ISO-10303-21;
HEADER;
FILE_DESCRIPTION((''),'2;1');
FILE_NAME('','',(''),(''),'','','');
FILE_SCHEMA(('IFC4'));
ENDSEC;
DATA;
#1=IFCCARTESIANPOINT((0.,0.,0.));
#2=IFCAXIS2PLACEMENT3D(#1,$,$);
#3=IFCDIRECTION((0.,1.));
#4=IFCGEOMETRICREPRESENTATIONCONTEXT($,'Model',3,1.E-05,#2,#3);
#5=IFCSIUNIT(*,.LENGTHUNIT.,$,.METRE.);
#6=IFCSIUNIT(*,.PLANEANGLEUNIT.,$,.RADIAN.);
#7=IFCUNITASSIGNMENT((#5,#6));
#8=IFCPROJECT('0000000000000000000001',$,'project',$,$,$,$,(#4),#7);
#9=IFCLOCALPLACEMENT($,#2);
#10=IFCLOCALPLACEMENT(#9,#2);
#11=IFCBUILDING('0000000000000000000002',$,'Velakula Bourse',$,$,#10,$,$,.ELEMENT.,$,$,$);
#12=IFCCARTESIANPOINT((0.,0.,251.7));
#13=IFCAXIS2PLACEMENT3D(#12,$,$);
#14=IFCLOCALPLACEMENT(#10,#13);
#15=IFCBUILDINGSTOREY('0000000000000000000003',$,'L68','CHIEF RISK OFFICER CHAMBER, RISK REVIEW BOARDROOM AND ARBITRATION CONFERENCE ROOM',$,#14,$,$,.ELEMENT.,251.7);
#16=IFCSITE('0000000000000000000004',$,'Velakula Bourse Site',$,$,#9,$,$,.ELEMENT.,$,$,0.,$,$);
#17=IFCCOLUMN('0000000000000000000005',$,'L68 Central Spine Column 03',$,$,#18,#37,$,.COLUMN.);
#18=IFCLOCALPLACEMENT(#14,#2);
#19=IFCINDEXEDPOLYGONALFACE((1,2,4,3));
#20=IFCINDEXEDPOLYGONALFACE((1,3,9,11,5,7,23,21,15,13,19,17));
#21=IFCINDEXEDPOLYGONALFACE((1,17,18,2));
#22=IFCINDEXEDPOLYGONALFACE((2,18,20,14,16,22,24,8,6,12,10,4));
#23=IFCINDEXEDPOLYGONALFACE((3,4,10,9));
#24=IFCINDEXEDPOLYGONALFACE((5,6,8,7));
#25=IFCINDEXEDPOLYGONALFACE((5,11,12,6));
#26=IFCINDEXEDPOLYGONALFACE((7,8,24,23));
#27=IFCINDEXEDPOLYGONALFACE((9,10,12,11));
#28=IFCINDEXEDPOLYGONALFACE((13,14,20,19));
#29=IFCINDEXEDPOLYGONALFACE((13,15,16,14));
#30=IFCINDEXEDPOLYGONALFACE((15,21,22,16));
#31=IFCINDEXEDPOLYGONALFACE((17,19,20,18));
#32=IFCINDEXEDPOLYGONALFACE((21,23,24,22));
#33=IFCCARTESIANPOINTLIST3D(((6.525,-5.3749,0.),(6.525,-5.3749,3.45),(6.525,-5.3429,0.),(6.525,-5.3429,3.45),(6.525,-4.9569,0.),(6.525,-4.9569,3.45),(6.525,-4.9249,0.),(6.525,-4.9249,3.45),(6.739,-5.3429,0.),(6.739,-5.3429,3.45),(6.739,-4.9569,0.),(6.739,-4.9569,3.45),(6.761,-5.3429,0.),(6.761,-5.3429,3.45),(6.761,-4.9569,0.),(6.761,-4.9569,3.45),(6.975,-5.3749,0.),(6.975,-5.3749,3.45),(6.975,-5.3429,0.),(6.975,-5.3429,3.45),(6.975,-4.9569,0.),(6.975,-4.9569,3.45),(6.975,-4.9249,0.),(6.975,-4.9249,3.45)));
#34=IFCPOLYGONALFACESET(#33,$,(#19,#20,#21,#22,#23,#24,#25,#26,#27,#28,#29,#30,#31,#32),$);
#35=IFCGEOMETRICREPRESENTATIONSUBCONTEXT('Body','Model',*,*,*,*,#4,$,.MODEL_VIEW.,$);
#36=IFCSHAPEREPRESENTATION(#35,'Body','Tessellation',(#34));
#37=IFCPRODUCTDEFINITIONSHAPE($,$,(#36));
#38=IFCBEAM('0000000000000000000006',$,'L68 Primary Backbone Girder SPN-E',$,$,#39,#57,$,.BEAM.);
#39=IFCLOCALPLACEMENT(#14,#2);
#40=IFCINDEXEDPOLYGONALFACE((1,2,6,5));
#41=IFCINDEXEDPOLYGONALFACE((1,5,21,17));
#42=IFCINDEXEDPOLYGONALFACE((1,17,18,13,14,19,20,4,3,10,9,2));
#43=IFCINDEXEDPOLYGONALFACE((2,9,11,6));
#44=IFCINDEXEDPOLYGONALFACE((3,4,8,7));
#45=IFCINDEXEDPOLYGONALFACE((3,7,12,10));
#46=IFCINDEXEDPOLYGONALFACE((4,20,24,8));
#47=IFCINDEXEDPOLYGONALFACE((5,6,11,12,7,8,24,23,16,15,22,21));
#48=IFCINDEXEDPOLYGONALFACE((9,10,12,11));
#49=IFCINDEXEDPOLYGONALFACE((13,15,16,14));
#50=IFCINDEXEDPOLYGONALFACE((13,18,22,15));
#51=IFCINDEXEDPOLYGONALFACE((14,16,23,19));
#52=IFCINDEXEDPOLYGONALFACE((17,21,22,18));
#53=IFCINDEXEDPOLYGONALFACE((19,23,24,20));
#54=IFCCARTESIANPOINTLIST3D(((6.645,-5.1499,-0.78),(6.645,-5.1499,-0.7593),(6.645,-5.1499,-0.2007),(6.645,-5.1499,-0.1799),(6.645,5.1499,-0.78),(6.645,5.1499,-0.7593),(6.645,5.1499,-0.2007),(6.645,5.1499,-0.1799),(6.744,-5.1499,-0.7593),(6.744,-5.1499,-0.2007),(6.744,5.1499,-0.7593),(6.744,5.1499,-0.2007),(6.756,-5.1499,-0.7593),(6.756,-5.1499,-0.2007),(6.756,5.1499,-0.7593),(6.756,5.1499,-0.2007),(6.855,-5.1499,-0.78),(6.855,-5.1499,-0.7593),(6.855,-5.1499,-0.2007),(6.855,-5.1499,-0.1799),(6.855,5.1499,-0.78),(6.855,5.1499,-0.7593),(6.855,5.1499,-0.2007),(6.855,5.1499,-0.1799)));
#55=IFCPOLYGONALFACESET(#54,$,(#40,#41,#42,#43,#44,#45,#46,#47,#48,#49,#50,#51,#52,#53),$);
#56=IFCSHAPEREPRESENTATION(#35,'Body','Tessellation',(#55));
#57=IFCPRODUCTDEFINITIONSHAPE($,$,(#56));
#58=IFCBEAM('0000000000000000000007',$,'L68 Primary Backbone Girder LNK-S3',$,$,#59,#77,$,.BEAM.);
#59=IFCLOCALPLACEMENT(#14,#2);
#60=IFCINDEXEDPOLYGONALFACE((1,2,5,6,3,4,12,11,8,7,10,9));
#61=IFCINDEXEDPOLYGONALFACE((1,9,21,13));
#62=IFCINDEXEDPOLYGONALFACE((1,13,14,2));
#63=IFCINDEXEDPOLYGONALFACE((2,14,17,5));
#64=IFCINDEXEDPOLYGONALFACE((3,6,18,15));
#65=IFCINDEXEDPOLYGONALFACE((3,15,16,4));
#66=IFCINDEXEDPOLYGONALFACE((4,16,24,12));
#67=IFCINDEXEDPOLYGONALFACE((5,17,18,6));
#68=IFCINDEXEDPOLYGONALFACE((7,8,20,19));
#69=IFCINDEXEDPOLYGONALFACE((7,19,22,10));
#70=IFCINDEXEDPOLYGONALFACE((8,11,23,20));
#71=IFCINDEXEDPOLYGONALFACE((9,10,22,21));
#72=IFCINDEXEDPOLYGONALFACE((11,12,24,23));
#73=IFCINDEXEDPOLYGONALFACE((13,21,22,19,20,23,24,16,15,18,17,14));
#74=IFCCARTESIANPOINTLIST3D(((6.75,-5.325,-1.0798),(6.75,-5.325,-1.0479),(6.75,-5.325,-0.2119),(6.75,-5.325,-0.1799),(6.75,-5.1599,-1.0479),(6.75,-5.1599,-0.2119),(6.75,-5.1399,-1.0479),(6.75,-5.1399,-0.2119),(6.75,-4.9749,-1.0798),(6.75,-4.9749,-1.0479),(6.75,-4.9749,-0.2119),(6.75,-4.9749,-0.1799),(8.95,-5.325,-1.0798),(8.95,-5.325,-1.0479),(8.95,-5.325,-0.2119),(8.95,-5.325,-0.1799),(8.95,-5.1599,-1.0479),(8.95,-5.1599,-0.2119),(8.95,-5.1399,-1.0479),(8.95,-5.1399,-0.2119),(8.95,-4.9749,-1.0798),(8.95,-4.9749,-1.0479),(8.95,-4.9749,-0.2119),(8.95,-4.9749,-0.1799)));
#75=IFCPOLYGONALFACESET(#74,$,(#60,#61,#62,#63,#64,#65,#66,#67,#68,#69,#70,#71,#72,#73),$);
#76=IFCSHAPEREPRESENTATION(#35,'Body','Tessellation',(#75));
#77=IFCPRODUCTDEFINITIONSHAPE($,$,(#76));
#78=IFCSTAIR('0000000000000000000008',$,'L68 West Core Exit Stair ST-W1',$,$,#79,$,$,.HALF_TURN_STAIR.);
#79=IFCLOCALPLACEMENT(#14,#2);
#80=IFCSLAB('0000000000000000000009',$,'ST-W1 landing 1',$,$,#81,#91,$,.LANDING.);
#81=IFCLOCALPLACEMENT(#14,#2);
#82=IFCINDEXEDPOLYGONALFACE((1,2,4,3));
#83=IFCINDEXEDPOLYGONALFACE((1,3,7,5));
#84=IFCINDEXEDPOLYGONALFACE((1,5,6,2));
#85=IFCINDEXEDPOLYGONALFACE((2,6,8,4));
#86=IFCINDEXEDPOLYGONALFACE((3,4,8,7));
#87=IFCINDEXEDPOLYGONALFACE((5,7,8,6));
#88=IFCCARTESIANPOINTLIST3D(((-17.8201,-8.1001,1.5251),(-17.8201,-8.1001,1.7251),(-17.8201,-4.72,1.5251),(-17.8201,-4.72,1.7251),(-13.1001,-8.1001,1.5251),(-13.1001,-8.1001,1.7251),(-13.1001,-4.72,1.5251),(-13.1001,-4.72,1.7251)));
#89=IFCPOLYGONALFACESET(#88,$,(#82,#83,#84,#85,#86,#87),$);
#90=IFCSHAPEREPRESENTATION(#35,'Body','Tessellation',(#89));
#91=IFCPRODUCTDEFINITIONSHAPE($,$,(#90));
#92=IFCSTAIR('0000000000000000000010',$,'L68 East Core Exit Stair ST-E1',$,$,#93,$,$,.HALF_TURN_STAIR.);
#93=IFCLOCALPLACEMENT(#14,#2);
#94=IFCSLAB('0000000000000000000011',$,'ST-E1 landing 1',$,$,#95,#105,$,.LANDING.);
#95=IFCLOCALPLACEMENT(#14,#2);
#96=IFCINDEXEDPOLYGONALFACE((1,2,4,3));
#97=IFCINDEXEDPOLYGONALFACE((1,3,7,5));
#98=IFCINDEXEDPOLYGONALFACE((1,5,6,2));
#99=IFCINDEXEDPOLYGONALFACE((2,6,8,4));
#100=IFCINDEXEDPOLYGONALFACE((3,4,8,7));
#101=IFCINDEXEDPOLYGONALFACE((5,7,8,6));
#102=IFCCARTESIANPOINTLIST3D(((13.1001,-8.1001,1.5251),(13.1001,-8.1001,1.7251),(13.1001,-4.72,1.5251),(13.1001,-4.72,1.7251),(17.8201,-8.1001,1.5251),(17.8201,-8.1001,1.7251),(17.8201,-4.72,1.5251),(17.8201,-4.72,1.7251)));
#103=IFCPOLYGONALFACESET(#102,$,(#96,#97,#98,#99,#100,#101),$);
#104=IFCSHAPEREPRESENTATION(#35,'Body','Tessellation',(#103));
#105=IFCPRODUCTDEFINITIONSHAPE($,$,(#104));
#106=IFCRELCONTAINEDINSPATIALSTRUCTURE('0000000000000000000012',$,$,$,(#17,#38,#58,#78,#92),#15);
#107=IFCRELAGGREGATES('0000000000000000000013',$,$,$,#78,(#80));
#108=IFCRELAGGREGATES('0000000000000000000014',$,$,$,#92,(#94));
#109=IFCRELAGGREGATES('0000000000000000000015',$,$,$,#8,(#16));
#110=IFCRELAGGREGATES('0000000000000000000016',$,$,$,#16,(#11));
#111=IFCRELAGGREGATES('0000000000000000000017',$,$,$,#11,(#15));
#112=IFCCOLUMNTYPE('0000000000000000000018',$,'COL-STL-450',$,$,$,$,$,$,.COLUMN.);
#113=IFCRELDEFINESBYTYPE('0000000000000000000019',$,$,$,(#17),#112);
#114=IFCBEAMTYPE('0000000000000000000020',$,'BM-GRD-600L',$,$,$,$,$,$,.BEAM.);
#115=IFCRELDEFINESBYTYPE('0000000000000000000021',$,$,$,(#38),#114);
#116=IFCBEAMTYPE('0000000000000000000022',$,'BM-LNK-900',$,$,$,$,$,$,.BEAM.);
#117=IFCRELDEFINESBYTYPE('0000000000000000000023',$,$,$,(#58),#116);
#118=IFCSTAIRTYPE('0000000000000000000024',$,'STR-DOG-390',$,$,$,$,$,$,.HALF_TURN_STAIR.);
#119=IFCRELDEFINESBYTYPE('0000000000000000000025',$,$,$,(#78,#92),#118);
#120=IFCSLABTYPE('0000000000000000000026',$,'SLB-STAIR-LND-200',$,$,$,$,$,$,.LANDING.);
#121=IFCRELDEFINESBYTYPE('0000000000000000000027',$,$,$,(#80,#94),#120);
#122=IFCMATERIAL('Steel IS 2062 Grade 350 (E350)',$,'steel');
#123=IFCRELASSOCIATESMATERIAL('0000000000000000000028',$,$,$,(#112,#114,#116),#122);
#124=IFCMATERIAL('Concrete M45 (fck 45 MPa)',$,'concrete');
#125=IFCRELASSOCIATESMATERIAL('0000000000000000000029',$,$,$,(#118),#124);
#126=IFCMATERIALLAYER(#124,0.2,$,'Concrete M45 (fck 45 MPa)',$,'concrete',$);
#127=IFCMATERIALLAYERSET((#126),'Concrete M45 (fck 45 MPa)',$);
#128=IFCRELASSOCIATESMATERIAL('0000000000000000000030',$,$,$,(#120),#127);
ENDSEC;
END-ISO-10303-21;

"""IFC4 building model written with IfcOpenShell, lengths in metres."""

from ifc_helpers import new_model, si_unit, direction, frame, origin, origin_2d, place, context, subcontext, project, spatial, polyline, i_section, outline, extrude, material, layer, layer_set, material_profile, profile_set, type_object, element, aggregate, save


model = new_model("IFC4")

# Units and contexts
model_context = context("Model", 3, precision=1e-05, world=origin(), true_north=direction((0.0, 1.0)))
body_context = subcontext(model_context, "Body", "Model", "MODEL_VIEW")
ifc_project = project(units=[si_unit("LENGTHUNIT", "METRE"), si_unit("PLANEANGLEUNIT", "RADIAN")], contexts=[model_context])

# Site, building, storey
site_placement = place(None, origin())
site = spatial("IfcSite", under=ifc_project, at=site_placement, Name="Velakula Bourse Site", CompositionType="ELEMENT", RefElevation=0.0)
building_placement = place(site_placement, origin())
building = spatial("IfcBuilding", under=site, at=building_placement, Name="Velakula Bourse", CompositionType="ELEMENT")
storey_placement = place(building_placement, frame((0.0, 0.0, 251.7)))
storey = spatial("IfcBuildingStorey", under=building, at=storey_placement, Name="L68", Description="CHIEF RISK OFFICER CHAMBER, RISK REVIEW BOARDROOM AND ARBITRATION CONFERENCE ROOM", CompositionType="ELEMENT", Elevation=251.7)

# Column
ifc_material_1 = material(Name="Steel IS 2062 Grade 350 (E350)", Category="steel")
ifc_material_profile_1 = material_profile(ifc_material_1, i_section(OverallWidth=0.45, OverallDepth=0.45, WebThickness=0.022, FlangeThickness=0.032, at=origin_2d()), Name="Steel IS 2062 Grade 350 (E350)")
ifc_profile_set_1 = profile_set([ifc_material_profile_1], Name="Steel IS 2062 Grade 350 (E350)")
column_type = type_object("IfcColumnType", Name="COL-STL-450", PredefinedType="COLUMN", material=ifc_profile_set_1)
column_placement = place(storey_placement, frame((6.75, -5.1499, 0.0), z_axis=(0.0, 0.0, 1.0), x_axis=(1.0, 0.0, 0.0)))
element("IfcColumn", 1, at=column_placement, inside=storey, type_object=column_type, Name="L68 Central Spine Column 03", PredefinedType="COLUMN", context=body_context, shape_type="SweptSolid", body=[
    extrude(i_section(OverallWidth=0.45, OverallDepth=0.45, WebThickness=0.022, FlangeThickness=0.032, at=origin_2d()), origin(), (0.0, 0.0, 1.0), 3.45),
])

# Beams
ifc_material_profile_2 = material_profile(ifc_material_1, i_section(OverallWidth=0.21, OverallDepth=0.6001, WebThickness=0.012, FlangeThickness=0.0208, at=origin_2d()), Name="Steel IS 2062 Grade 350 (E350)")
ifc_profile_set_2 = profile_set([ifc_material_profile_2], Name="Steel IS 2062 Grade 350 (E350)")
beam_type_1 = type_object("IfcBeamType", Name="BM-GRD-600L", PredefinedType="BEAM", material=ifc_profile_set_2)
beam_1_placement = place(storey_placement, frame((6.75, -5.1499, -0.48), z_axis=(0.0, 1.0, 0.0), x_axis=(-1.0, 0.0, 0.0)))
element("IfcBeam", 2, at=beam_1_placement, inside=storey, type_object=beam_type_1, Name="L68 Primary Backbone Girder SPN-E", PredefinedType="BEAM", context=body_context, shape_type="SweptSolid", body=[
    extrude(i_section(OverallWidth=0.21, OverallDepth=0.6001, WebThickness=0.012, FlangeThickness=0.0208, at=origin_2d()), origin(), (0.0, 0.0, 1.0), 10.2998),
])
ifc_material_profile_3 = material_profile(ifc_material_1, i_section(OverallWidth=0.3501, OverallDepth=0.8999, WebThickness=0.02, FlangeThickness=0.032, at=origin_2d()), Name="Steel IS 2062 Grade 350 (E350)")
ifc_profile_set_3 = profile_set([ifc_material_profile_3], Name="Steel IS 2062 Grade 350 (E350)")
beam_type_2 = type_object("IfcBeamType", Name="BM-LNK-900", PredefinedType="BEAM", material=ifc_profile_set_3)
beam_2_placement = place(storey_placement, frame((6.75, -5.1499, -0.6299), z_axis=(1.0, 0.0, 0.0), x_axis=(0.0, 1.0, 0.0)))
element("IfcBeam", 3, at=beam_2_placement, inside=storey, type_object=beam_type_2, Name="L68 Primary Backbone Girder LNK-S3", PredefinedType="BEAM", context=body_context, shape_type="SweptSolid", body=[
    extrude(i_section(OverallWidth=0.3501, OverallDepth=0.8999, WebThickness=0.02, FlangeThickness=0.032, at=origin_2d()), origin(), (0.0, 0.0, 1.0), 2.2),
])

# Stairs, slabs
ifc_material_2 = material(Name="Concrete M45 (fck 45 MPa)", Category="concrete")
stair_type = type_object("IfcStairType", Name="STR-DOG-390", PredefinedType="HALF_TURN_STAIR", material=ifc_material_2)
stair_1_placement = place(storey_placement, origin())
stair_1 = element("IfcStair", 4, at=stair_1_placement, inside=storey, type_object=stair_type, Name="L68 West Core Exit Stair ST-W1", PredefinedType="HALF_TURN_STAIR")
ifc_layer_1 = layer(ifc_material_2, 0.2, Name="Concrete M45 (fck 45 MPa)", Category="concrete")
ifc_layer_set_1 = layer_set([ifc_layer_1], Name="Concrete M45 (fck 45 MPa)")
slab_type_1 = type_object("IfcSlabType", Name="SLB-STAIR-LND-200", PredefinedType="LANDING", material=ifc_layer_set_1)
slab_1_placement = place(storey_placement, frame((0.0, 0.0, 1.5251)))
slab_1 = element("IfcSlab", 5, at=slab_1_placement, type_object=slab_type_1, Name="ST-W1 landing 1", PredefinedType="LANDING", context=body_context, shape_type="SweptSolid", body=[
    extrude(outline(polyline([(-17.8201, -4.72), (-17.8201, -8.1001), (-13.1001, -8.1001), (-13.1001, -4.72), (-17.8201, -4.72)])), origin(), (0.0, 0.0, 1.0), 0.2),
])
aggregate(stair_1, [slab_1])
stair_2_placement = place(storey_placement, origin())
stair_2 = element("IfcStair", 6, at=stair_2_placement, inside=storey, type_object=stair_type, Name="L68 East Core Exit Stair ST-E1", PredefinedType="HALF_TURN_STAIR")
slab_2_placement = place(storey_placement, frame((0.0, 0.0, 1.5251)))
slab_2 = element("IfcSlab", 7, at=slab_2_placement, type_object=slab_type_1, Name="ST-E1 landing 1", PredefinedType="LANDING", context=body_context, shape_type="SweptSolid", body=[
    extrude(outline(polyline([(13.1001, -4.72), (13.1001, -8.1001), (17.8201, -8.1001), (17.8201, -4.72), (13.1001, -4.72)])), origin(), (0.0, 0.0, 1.0), 0.2),
])

aggregate(stair_2, [slab_2])

save(model, "model.ifc")
